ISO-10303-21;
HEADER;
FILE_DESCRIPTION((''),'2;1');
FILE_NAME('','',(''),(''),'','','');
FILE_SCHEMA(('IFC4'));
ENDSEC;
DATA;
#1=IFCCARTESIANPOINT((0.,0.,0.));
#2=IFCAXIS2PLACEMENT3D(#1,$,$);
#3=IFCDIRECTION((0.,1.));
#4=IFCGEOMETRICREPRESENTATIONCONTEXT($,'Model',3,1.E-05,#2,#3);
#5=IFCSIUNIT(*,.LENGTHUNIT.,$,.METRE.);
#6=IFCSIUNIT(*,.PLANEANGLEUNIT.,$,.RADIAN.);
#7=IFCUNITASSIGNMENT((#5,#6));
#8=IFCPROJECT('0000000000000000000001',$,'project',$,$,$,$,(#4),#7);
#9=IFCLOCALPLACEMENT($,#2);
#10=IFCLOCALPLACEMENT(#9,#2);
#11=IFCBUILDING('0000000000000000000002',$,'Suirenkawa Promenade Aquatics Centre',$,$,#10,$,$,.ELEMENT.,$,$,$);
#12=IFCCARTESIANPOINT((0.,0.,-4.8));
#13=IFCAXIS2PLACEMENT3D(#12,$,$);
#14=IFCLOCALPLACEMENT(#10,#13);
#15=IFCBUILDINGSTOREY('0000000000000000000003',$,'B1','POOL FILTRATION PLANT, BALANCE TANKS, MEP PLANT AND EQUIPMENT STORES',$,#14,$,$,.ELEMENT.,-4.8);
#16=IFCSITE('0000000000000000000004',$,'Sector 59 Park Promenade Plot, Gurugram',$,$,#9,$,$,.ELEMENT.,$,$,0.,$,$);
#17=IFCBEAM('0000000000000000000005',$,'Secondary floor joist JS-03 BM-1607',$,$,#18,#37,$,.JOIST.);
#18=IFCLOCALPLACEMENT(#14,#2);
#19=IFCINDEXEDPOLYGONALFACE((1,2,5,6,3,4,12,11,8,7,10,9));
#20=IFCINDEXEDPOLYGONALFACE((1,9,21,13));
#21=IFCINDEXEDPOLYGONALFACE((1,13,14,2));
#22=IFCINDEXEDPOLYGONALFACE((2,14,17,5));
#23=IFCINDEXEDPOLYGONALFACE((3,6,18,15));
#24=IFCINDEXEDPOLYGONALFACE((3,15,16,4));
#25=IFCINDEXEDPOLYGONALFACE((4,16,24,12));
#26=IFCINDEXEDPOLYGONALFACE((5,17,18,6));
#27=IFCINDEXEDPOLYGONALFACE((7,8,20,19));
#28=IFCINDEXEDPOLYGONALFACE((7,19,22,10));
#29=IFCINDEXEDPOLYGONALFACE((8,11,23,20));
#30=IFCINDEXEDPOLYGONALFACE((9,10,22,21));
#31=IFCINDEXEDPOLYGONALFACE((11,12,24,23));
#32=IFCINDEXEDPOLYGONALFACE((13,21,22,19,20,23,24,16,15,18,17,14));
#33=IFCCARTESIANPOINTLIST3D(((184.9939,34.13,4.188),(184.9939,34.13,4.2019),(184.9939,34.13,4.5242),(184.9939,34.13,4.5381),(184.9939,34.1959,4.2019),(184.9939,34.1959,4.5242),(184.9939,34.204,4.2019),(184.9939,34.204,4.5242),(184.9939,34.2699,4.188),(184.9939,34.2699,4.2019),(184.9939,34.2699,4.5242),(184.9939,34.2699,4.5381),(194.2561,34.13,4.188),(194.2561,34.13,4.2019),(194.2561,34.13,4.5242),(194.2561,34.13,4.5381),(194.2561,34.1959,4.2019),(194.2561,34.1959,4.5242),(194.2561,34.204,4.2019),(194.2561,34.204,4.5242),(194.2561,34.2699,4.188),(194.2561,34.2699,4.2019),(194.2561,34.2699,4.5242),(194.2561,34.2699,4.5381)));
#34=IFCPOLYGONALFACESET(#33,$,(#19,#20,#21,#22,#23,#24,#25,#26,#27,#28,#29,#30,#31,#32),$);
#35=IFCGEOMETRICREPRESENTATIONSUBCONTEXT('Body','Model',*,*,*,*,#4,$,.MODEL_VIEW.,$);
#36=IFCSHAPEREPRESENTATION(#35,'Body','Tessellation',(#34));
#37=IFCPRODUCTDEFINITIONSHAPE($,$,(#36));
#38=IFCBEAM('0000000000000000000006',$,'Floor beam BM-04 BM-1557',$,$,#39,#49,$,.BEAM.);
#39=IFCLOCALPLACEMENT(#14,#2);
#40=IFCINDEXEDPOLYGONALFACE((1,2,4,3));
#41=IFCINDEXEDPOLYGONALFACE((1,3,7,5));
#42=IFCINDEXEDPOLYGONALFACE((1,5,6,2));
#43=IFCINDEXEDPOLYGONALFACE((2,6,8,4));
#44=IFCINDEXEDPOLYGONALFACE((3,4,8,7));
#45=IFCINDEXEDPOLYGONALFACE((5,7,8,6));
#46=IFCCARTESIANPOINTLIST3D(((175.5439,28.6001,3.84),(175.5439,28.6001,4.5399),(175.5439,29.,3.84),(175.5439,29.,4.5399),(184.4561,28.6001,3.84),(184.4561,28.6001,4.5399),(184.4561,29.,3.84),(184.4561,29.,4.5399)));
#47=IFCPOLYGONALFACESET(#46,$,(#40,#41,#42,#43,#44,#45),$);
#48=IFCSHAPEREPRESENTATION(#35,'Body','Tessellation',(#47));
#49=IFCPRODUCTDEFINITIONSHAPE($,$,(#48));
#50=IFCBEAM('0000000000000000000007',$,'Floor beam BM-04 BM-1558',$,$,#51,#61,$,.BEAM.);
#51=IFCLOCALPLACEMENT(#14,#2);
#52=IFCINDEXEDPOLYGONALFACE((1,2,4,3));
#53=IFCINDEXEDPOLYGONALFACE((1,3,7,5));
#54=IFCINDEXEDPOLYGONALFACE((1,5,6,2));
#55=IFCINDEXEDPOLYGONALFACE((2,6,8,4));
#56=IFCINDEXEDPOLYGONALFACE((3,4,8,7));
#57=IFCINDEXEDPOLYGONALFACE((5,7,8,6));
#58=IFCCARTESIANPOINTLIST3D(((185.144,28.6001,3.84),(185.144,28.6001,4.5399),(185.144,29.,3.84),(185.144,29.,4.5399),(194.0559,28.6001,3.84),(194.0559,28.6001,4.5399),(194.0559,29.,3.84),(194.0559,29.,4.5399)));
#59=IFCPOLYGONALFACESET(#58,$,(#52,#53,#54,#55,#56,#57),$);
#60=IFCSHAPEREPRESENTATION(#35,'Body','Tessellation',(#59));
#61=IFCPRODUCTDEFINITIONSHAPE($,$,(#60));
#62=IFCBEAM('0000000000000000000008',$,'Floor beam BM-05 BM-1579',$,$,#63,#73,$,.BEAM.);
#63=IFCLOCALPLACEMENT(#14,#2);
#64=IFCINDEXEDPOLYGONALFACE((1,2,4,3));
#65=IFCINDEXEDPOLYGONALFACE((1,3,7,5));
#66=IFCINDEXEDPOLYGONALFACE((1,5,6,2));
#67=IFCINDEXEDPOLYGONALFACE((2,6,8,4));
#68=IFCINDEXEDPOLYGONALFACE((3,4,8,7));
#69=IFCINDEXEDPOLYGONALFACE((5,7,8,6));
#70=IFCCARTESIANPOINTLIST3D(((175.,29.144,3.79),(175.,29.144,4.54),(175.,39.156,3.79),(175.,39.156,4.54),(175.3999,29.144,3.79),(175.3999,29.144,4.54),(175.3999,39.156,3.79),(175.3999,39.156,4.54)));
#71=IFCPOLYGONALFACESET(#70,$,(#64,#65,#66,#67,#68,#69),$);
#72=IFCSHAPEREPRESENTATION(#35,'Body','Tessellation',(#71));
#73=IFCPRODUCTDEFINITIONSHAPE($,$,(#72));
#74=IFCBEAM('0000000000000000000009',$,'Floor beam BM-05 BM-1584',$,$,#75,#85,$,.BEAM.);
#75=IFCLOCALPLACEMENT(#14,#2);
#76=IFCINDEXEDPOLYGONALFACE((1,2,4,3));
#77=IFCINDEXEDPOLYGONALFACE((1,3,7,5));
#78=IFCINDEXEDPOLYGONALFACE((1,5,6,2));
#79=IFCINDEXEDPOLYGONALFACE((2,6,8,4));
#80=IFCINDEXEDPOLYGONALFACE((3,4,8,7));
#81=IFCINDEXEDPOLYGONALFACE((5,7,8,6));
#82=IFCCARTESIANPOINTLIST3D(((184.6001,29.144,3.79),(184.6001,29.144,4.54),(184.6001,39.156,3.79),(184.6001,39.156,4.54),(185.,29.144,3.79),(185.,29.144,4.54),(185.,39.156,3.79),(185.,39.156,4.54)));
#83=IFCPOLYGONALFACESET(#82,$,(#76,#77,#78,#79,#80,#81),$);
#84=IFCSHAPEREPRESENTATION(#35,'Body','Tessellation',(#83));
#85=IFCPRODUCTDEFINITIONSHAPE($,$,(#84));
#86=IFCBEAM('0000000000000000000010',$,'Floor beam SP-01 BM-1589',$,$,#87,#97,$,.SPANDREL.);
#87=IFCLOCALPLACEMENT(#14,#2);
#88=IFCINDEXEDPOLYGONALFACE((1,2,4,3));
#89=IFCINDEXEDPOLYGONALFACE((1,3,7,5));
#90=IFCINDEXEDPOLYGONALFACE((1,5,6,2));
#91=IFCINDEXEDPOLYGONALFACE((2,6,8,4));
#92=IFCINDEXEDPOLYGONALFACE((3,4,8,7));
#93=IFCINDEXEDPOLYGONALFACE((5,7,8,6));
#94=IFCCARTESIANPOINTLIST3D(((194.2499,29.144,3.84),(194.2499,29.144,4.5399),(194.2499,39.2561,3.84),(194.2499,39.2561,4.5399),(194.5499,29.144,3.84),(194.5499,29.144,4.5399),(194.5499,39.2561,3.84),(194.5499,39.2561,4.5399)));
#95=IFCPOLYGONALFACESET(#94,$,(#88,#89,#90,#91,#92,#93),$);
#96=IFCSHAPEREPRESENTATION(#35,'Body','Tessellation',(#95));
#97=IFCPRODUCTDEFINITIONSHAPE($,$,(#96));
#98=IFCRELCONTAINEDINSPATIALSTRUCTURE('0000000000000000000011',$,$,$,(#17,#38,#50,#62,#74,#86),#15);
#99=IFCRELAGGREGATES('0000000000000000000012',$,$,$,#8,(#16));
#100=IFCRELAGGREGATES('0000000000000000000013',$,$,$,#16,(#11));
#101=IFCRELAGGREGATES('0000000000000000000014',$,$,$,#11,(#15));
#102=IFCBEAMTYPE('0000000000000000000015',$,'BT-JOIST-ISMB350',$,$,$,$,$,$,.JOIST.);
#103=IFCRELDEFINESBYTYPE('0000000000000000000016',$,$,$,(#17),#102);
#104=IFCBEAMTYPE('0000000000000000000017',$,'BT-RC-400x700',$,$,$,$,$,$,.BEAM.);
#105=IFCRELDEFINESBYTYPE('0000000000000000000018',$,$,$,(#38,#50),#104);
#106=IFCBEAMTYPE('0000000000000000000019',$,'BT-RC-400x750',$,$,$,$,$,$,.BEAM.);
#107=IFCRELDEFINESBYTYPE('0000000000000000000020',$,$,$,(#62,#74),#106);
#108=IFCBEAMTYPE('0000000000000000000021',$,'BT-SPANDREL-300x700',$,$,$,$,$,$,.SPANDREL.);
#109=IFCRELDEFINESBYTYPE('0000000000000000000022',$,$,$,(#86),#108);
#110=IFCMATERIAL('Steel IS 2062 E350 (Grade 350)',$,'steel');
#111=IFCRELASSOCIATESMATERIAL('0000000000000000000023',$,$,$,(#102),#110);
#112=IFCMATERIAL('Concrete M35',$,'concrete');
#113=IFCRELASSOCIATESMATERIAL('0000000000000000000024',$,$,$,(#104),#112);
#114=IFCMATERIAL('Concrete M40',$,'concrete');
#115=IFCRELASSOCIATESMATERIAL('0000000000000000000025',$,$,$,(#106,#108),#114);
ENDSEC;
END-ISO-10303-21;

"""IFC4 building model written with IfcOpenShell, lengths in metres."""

from ifc_helpers import new_model, si_unit, direction, frame, origin, origin_2d, place, context, subcontext, project, spatial, rectangle, i_section, extrude, material, material_profile, profile_set, type_object, element, save


model = new_model("IFC4")

# Units and contexts
model_context = context("Model", 3, precision=1e-05, world=origin(), true_north=direction((0.0, 1.0)))
body_context = subcontext(model_context, "Body", "Model", "MODEL_VIEW")
ifc_project = project(units=[si_unit("LENGTHUNIT", "METRE"), si_unit("PLANEANGLEUNIT", "RADIAN")], contexts=[model_context])

# Site, building, storey
site_placement = place(None, origin())
site = spatial("IfcSite", under=ifc_project, at=site_placement, Name="Sector 59 Park Promenade Plot, Gurugram", CompositionType="ELEMENT", RefElevation=0.0)
building_placement = place(site_placement, origin())
building = spatial("IfcBuilding", under=site, at=building_placement, Name="Suirenkawa Promenade Aquatics Centre", CompositionType="ELEMENT")
storey_placement = place(building_placement, frame((0.0, 0.0, -4.8)))
storey = spatial("IfcBuildingStorey", under=building, at=storey_placement, Name="B1", Description="POOL FILTRATION PLANT, BALANCE TANKS, MEP PLANT AND EQUIPMENT STORES", CompositionType="ELEMENT", Elevation=-4.8)

# Shared definitions
ifc_material_1 = material(Name="Concrete M35", Category="concrete")

# Shared definitions
ifc_material_2 = material(Name="Concrete M40", Category="concrete")

# Beams
ifc_material_3 = material(Name="Steel IS 2062 E350 (Grade 350)", Category="steel")
ifc_material_profile_1 = material_profile(ifc_material_3, i_section(OverallWidth=0.1399, OverallDepth=0.3501, WebThickness=0.0081, FlangeThickness=0.0139, at=origin_2d()), Name="ISMB 350", Category="steel")
ifc_profile_set_1 = profile_set([ifc_material_profile_1], Name="Steel IS 2062 E350 (Grade 350)")
beam_type_1 = type_object("IfcBeamType", Name="BT-JOIST-ISMB350", PredefinedType="JOIST", material=ifc_profile_set_1)
beam_1_placement = place(storey_placement, frame((184.9939, 34.2, 4.363), z_axis=(1.0, 0.0, 0.0), x_axis=(0.0, 1.0, 0.0)))
element("IfcBeam", 1, at=beam_1_placement, inside=storey, type_object=beam_type_1, Name="Secondary floor joist JS-03 BM-1607", PredefinedType="JOIST", context=body_context, shape_type="SweptSolid", body=[
    extrude(i_section(OverallWidth=0.1399, OverallDepth=0.3501, WebThickness=0.0081, FlangeThickness=0.0139, at=origin_2d()), origin(), (0.0, 0.0, 1.0), 9.2622),
])
ifc_material_profile_2 = material_profile(ifc_material_1, rectangle(XDim=0.3999, YDim=0.7, at=origin_2d()), Name="RC BM 400x700", Category="concrete")
ifc_profile_set_2 = profile_set([ifc_material_profile_2], Name="Concrete M35")
beam_type_2 = type_object("IfcBeamType", Name="BT-RC-400x700", PredefinedType="BEAM", material=ifc_profile_set_2)
beam_2_placement = place(storey_placement, frame((175.5439, 28.8, 4.1899), z_axis=(1.0, 0.0, 0.0), x_axis=(0.0, 1.0, 0.0)))
element("IfcBeam", 2, at=beam_2_placement, inside=storey, type_object=beam_type_2, Name="Floor beam BM-04 BM-1557", PredefinedType="BEAM", context=body_context, shape_type="SweptSolid", body=[
    extrude(rectangle(XDim=0.3999, YDim=0.7, at=origin_2d()), origin(), (0.0, 0.0, 1.0), 8.9121),
])
beam_3_placement = place(storey_placement, frame((185.144, 28.8, 4.1899), z_axis=(1.0, 0.0, 0.0), x_axis=(0.0, 1.0, 0.0)))
element("IfcBeam", 3, at=beam_3_placement, inside=storey, type_object=beam_type_2, Name="Floor beam BM-04 BM-1558", PredefinedType="BEAM", context=body_context, shape_type="SweptSolid", body=[
    extrude(rectangle(XDim=0.3999, YDim=0.7, at=origin_2d()), origin(), (0.0, 0.0, 1.0), 8.9119),
])
ifc_material_profile_3 = material_profile(ifc_material_2, rectangle(XDim=0.3999, YDim=0.75, at=origin_2d()), Name="RC BM 400x750", Category="concrete")
ifc_profile_set_3 = profile_set([ifc_material_profile_3], Name="Concrete M40")
beam_type_3 = type_object("IfcBeamType", Name="BT-RC-400x750", PredefinedType="BEAM", material=ifc_profile_set_3)
for number, where, z_axis, x_axis, name in (
    (4, (175.2, 29.144, 4.165), (0.0, 1.0, 0.0), (-1.0, 0.0, 0.0), "Floor beam BM-05 BM-1579"),
    (5, (184.8, 29.144, 4.165), (0.0, 1.0, 0.0), (-1.0, 0.0, 0.0), "Floor beam BM-05 BM-1584"),
):
    element("IfcBeam", number, at=place(storey_placement, frame(where, z_axis=z_axis, x_axis=x_axis)), inside=storey, type_object=beam_type_3, Name=name, PredefinedType="BEAM", context=body_context, shape_type="SweptSolid", body=[
        extrude(rectangle(XDim=0.3999, YDim=0.75, at=origin_2d()), origin(), (0.0, 0.0, 1.0), 10.012),
    ])
ifc_material_profile_4 = material_profile(ifc_material_2, rectangle(XDim=0.3, YDim=0.7, at=origin_2d()), Name="RC SPANDREL 300x700", Category="concrete")
ifc_profile_set_4 = profile_set([ifc_material_profile_4], Name="Concrete M40")
beam_type_4 = type_object("IfcBeamType", Name="BT-SPANDREL-300x700", PredefinedType="SPANDREL", material=ifc_profile_set_4)
beam_4_placement = place(storey_placement, frame((194.3999, 29.144, 4.1899), z_axis=(0.0, 1.0, 0.0), x_axis=(-1.0, 0.0, 0.0)))
element("IfcBeam", 6, at=beam_4_placement, inside=storey, type_object=beam_type_4, Name="Floor beam SP-01 BM-1589", PredefinedType="SPANDREL", context=body_context, shape_type="SweptSolid", body=[
    extrude(rectangle(XDim=0.3, YDim=0.7, at=origin_2d()), origin(), (0.0, 0.0, 1.0), 10.1121),
])

save(model, "model.ifc")
